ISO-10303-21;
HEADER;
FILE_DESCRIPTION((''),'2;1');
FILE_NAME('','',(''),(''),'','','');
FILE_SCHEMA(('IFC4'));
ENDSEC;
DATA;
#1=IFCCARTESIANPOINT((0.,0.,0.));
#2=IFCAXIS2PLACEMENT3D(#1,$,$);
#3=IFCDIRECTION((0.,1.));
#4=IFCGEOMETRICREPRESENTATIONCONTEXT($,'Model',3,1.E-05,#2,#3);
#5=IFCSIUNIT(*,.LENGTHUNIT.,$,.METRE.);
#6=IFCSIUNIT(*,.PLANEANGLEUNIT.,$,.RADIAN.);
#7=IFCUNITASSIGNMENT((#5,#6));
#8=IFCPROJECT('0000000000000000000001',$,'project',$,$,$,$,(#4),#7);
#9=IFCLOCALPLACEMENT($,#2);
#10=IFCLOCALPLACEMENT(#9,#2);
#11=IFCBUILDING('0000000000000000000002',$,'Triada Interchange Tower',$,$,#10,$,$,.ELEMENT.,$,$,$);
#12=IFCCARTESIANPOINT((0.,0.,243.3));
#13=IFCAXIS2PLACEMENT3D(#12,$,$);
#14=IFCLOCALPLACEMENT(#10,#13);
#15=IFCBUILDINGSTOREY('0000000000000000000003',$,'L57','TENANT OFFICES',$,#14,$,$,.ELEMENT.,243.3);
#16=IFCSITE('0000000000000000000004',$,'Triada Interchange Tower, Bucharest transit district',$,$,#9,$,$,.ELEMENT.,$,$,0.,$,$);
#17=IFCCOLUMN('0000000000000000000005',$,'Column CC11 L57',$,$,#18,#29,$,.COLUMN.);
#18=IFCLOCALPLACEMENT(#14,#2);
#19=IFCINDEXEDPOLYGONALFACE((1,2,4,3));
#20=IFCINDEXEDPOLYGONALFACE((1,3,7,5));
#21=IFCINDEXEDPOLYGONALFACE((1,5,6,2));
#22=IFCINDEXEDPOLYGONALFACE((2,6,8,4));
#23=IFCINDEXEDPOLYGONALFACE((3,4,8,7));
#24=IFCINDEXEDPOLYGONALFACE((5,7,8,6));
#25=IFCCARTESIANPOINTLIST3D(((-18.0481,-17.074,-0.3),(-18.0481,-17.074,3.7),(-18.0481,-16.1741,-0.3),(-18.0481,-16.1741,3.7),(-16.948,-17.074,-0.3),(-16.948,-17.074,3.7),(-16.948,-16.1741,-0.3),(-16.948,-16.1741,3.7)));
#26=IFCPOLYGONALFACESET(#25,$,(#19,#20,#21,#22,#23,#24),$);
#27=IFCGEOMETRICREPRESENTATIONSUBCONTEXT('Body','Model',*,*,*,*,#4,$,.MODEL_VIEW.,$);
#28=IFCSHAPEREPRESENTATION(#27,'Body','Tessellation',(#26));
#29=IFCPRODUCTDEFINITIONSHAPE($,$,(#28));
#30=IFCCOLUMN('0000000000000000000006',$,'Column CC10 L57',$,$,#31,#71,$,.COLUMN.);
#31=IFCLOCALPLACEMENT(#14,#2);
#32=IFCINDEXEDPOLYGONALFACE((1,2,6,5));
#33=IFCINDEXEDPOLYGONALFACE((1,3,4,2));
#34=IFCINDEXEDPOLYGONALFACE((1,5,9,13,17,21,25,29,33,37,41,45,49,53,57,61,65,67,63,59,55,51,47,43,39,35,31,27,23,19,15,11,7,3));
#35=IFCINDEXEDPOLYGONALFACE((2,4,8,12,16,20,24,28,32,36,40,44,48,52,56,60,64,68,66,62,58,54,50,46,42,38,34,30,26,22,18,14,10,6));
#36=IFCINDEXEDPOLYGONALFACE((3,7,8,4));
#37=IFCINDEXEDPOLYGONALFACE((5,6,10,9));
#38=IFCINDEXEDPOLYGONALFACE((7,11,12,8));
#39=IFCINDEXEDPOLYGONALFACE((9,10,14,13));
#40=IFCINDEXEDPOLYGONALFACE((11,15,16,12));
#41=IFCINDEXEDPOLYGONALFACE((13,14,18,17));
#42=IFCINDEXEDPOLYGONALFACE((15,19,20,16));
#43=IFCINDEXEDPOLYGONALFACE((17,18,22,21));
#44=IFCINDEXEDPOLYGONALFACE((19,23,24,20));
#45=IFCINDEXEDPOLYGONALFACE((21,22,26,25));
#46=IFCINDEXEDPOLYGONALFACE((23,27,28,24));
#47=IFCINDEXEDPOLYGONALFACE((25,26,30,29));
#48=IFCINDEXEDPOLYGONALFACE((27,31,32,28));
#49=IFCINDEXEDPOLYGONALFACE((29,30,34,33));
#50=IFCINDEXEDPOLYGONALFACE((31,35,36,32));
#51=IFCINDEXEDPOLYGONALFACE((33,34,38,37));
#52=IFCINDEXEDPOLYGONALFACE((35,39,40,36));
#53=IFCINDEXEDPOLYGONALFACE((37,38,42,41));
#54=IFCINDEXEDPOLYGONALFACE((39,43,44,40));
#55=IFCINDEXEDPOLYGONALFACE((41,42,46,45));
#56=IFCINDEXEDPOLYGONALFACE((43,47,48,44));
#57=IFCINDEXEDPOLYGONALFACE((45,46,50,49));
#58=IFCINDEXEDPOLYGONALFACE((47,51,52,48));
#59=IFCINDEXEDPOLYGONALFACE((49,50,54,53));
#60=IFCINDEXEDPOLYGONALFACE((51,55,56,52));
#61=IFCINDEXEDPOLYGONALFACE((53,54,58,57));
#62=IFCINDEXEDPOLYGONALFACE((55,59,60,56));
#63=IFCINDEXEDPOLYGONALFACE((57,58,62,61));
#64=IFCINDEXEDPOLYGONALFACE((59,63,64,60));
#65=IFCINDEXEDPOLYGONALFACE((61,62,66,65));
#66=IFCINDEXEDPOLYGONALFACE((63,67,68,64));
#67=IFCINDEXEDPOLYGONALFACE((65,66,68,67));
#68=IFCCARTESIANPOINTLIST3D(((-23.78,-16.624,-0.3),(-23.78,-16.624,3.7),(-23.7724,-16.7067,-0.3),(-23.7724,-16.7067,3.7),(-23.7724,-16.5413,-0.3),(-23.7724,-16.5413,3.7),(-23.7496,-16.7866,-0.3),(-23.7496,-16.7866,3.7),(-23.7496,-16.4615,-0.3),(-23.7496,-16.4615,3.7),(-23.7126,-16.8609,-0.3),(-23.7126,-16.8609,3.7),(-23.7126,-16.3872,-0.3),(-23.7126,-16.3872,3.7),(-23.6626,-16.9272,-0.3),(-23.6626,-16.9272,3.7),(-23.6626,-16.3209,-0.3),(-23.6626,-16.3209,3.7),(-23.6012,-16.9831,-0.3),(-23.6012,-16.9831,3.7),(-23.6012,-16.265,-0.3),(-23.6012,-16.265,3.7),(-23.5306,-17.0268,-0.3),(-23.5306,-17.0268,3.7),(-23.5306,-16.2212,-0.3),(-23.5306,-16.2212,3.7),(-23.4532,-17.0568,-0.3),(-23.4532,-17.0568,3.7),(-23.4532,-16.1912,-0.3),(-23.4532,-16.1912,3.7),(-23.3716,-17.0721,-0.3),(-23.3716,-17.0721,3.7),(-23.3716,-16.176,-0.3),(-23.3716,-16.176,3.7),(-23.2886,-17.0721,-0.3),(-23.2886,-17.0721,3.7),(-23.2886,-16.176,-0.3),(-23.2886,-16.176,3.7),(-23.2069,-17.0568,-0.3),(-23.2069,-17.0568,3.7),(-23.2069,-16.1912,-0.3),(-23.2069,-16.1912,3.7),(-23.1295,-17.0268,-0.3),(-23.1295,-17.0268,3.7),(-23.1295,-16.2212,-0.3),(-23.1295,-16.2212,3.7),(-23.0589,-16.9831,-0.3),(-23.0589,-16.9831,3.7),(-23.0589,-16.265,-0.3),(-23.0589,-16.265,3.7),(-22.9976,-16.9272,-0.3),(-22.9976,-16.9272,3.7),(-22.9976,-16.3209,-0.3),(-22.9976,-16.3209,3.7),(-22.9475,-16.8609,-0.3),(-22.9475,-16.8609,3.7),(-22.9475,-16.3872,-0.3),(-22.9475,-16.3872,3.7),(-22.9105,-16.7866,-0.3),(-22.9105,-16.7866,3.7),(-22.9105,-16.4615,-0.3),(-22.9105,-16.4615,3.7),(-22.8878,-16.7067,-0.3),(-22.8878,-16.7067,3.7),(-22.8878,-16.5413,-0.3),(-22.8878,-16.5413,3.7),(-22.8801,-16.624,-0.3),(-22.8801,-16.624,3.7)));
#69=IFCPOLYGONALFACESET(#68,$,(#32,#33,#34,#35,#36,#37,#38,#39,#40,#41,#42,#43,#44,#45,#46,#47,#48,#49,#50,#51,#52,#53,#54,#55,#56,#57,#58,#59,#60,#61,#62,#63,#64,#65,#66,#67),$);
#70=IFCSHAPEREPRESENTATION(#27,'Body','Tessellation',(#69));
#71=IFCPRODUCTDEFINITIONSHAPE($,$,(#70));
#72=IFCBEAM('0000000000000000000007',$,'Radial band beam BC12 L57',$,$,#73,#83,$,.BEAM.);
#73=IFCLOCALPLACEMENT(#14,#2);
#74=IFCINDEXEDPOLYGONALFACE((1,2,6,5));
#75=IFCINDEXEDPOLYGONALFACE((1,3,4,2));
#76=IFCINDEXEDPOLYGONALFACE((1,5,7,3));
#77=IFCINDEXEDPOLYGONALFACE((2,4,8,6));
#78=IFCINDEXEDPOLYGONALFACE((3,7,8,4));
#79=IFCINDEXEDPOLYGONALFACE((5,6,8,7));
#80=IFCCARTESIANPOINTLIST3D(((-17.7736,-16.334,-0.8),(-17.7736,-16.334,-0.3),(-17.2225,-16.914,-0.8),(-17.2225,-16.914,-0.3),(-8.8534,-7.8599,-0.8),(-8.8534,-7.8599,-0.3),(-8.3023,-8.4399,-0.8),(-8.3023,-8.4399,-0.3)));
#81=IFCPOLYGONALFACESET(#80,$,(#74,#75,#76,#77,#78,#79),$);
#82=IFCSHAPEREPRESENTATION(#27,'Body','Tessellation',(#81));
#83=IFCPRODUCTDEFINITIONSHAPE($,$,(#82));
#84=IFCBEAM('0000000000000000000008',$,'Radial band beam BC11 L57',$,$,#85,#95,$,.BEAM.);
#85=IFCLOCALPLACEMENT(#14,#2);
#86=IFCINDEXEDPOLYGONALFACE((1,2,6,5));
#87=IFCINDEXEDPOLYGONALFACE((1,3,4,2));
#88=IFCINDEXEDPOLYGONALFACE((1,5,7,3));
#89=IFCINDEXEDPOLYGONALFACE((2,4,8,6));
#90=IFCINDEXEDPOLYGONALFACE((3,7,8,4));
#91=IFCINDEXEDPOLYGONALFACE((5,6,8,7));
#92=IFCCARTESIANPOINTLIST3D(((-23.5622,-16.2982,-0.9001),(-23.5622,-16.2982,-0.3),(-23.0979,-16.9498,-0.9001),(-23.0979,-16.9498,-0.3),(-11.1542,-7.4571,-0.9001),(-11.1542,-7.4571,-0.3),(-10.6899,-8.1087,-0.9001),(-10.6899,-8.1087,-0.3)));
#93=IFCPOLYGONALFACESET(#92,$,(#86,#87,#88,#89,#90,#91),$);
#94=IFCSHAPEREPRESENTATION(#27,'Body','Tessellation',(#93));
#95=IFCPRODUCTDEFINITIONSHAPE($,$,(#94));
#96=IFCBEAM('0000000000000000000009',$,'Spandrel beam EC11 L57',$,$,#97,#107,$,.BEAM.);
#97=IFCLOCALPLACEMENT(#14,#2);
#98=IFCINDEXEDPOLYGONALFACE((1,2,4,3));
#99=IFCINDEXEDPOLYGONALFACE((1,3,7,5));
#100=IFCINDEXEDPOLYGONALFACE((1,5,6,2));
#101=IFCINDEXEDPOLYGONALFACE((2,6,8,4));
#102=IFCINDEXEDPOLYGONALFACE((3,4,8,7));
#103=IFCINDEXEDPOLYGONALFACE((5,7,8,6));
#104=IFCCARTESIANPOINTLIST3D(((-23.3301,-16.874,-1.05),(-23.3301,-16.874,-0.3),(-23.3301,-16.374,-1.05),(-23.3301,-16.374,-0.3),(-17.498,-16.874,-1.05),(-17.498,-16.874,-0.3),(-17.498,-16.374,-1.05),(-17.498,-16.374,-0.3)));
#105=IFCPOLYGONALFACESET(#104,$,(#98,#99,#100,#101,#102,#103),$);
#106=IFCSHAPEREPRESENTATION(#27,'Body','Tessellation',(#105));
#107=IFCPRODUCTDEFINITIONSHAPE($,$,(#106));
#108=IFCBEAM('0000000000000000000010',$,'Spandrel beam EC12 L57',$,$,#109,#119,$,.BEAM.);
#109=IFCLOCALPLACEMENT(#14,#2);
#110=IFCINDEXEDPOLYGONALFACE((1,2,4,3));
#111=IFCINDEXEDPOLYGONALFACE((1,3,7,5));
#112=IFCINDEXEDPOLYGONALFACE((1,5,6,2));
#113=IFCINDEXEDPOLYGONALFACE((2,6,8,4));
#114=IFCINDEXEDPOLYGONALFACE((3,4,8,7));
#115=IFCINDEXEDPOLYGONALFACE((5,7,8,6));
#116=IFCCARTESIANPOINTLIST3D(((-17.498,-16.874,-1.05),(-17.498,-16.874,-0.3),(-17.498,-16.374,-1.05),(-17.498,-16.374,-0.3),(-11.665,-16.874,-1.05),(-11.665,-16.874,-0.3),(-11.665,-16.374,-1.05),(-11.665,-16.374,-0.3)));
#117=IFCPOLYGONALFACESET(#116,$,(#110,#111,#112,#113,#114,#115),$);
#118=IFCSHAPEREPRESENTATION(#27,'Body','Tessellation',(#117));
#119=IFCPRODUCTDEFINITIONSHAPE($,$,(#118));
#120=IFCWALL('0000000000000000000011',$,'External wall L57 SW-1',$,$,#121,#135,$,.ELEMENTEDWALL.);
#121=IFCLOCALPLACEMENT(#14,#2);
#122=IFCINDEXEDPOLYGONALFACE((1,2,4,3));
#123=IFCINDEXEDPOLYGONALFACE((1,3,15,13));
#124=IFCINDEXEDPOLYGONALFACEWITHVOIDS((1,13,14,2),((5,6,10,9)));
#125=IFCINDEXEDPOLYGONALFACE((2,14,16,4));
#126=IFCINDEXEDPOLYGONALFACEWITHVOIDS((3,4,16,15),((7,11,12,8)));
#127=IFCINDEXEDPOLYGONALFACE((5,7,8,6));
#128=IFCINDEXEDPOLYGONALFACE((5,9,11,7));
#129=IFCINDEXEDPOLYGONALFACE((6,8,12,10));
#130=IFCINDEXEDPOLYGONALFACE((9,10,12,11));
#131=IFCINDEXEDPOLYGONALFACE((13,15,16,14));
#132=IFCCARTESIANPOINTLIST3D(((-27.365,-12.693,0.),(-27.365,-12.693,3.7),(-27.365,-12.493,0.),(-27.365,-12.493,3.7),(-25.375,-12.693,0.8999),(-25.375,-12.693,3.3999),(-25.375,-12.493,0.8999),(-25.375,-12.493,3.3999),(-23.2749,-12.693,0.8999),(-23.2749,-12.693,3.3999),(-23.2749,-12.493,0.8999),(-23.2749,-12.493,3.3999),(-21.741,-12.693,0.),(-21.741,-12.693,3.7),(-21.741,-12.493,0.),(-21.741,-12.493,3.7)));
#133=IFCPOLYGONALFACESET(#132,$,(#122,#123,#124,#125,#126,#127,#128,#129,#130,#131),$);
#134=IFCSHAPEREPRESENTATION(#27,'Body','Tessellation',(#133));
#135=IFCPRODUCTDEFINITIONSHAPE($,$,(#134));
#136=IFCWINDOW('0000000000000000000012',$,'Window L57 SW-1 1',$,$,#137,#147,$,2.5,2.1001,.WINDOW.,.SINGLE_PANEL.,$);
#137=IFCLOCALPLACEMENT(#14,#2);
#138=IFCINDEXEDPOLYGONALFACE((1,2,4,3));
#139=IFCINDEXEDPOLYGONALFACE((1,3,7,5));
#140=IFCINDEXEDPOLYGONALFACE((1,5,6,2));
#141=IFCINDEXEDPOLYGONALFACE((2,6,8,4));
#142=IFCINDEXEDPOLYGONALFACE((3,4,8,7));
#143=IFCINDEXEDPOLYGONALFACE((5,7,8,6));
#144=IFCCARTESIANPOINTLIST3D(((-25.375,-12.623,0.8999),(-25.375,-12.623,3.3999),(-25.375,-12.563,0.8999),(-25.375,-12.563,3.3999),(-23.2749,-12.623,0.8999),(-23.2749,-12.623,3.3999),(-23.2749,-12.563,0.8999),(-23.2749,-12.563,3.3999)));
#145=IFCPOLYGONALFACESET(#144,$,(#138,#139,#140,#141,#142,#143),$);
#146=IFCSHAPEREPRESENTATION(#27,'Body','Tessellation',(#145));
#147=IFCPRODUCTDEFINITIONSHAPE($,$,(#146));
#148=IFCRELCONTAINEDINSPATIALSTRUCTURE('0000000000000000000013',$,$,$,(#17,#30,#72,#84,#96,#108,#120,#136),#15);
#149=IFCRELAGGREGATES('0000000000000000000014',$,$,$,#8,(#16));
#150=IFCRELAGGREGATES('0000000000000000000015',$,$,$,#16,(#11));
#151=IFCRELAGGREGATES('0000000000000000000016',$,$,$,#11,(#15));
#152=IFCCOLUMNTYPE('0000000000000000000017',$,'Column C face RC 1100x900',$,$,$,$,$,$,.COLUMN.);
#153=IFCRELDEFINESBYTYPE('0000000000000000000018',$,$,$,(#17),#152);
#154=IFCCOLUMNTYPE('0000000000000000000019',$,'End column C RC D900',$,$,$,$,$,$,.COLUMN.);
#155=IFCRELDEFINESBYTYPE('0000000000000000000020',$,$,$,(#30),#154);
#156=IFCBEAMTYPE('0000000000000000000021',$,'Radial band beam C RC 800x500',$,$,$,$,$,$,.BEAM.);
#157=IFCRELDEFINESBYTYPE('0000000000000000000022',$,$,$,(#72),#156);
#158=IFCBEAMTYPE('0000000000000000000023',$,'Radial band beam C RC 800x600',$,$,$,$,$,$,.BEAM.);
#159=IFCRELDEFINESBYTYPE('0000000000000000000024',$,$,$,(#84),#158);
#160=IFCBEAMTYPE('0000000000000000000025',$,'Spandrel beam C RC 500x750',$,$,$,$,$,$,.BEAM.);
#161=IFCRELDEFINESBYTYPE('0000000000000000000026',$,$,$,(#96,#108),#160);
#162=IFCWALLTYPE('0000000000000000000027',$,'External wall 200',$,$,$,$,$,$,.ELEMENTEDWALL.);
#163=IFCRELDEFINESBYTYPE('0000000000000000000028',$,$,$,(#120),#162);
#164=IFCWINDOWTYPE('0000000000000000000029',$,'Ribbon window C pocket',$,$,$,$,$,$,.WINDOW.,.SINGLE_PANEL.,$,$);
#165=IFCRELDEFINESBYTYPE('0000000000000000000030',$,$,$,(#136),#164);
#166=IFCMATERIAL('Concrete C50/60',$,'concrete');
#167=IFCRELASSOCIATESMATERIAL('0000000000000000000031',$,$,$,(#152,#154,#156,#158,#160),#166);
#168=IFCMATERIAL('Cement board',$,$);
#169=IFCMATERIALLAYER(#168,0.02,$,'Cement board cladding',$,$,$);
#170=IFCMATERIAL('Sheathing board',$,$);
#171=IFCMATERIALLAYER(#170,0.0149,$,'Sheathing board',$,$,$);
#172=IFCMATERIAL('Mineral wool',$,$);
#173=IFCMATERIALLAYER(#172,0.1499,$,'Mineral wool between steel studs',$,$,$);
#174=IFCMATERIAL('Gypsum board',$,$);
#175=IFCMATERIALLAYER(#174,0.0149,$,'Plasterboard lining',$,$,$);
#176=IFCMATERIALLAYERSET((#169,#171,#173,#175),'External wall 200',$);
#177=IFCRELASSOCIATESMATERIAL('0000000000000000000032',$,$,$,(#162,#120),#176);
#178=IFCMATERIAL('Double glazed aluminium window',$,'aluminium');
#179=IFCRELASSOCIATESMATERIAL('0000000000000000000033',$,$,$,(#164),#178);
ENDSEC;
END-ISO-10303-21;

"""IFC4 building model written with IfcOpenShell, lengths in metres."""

from ifc_helpers import new_model, si_unit, direction, frame, frame_2d, origin, origin_2d, place, context, subcontext, project, spatial, rectangle, circle, extrude, material, layer, layer_set, layer_usage, material_profile, profile_set, type_object, element, fill, save


model = new_model("IFC4")

# Units and contexts
model_context = context("Model", 3, precision=1e-05, world=origin(), true_north=direction((0.0, 1.0)))
body_context = subcontext(model_context, "Body", "Model", "MODEL_VIEW")
ifc_project = project(units=[si_unit("LENGTHUNIT", "METRE"), si_unit("PLANEANGLEUNIT", "RADIAN")], contexts=[model_context])

# Site, building, storey
site_placement = place(None, origin())
site = spatial("IfcSite", under=ifc_project, at=site_placement, Name="Triada Interchange Tower, Bucharest transit district", CompositionType="ELEMENT", RefElevation=0.0)
building_placement = place(site_placement, origin())
building = spatial("IfcBuilding", under=site, at=building_placement, Name="Triada Interchange Tower", CompositionType="ELEMENT")
storey_placement = place(building_placement, frame((0.0, 0.0, 243.3)))
storey = spatial("IfcBuildingStorey", under=building, at=storey_placement, Name="L57", Description="TENANT OFFICES", CompositionType="ELEMENT", Elevation=243.3)

# Columns
ifc_material_1 = material(Name="Concrete C50/60", Category="concrete")
ifc_material_profile_1 = material_profile(ifc_material_1, rectangle(XDim=1.1001, YDim=0.8999, at=origin_2d()), Name="RC 1100x900")
ifc_profile_set_1 = profile_set([ifc_material_profile_1], Name="Concrete C50/60")
column_type_1 = type_object("IfcColumnType", Name="Column C face RC 1100x900", PredefinedType="COLUMN", material=ifc_profile_set_1)
column_1_placement = place(storey_placement, frame((-17.498, -16.624, -0.3), z_axis=(0.0, 0.0, 1.0), x_axis=(1.0, 0.0, 0.0)))
element("IfcColumn", 1, at=column_1_placement, inside=storey, type_object=column_type_1, Name="Column CC11 L57", PredefinedType="COLUMN", context=body_context, shape_type="SweptSolid", body=[
    extrude(rectangle(XDim=1.1001, YDim=0.8999, at=origin_2d()), origin(), (0.0, 0.0, 1.0), 4.0),
])
ifc_material_profile_2 = material_profile(ifc_material_1, circle(Radius=0.45, at=origin_2d()), Name="RC D900")
ifc_profile_set_2 = profile_set([ifc_material_profile_2], Name="Concrete C50/60")
column_type_2 = type_object("IfcColumnType", Name="End column C RC D900", PredefinedType="COLUMN", material=ifc_profile_set_2)
column_2_placement = place(storey_placement, frame((-23.3301, -16.624, -0.3), z_axis=(0.0, 0.0, 1.0), x_axis=(1.0, 0.0, 0.0)))
element("IfcColumn", 2, at=column_2_placement, inside=storey, type_object=column_type_2, Name="Column CC10 L57", PredefinedType="COLUMN", context=body_context, shape_type="SweptSolid", body=[
    extrude(circle(Radius=0.45, at=origin_2d()), origin(), (0.0, 0.0, 1.0), 4.0),
])

# Beams
ifc_material_profile_3 = material_profile(ifc_material_1, rectangle(XDim=0.8, YDim=0.5, at=origin_2d()), Name="RC 800x500")
ifc_profile_set_3 = profile_set([ifc_material_profile_3], Name="Concrete C50/60")
beam_type_1 = type_object("IfcBeamType", Name="Radial band beam C RC 800x500", PredefinedType="BEAM", material=ifc_profile_set_3)
beam_1_placement = place(storey_placement, frame((-17.498, -16.624, -0.55), z_axis=(0.725001, 0.688748, 0.0), x_axis=(-0.688748, 0.725001, 0.0)))
element("IfcBeam", 3, at=beam_1_placement, inside=storey, type_object=beam_type_1, Name="Radial band beam BC12 L57", PredefinedType="BEAM", context=body_context, shape_type="SweptSolid", body=[
    extrude(rectangle(XDim=0.8, YDim=0.5, at=origin_2d()), origin(), (0.0, 0.0, 1.0), 12.3037),
])
ifc_material_profile_4 = material_profile(ifc_material_1, rectangle(XDim=0.8, YDim=0.6001, at=origin_2d()), Name="RC 800x600")
ifc_profile_set_4 = profile_set([ifc_material_profile_4], Name="Concrete C50/60")
beam_type_2 = type_object("IfcBeamType", Name="Radial band beam C RC 800x600", PredefinedType="BEAM", material=ifc_profile_set_4)
beam_2_placement = place(storey_placement, frame((-23.3301, -16.624, -0.6001), z_axis=(0.814409, 0.580292, 0.0), x_axis=(-0.580292, 0.814409, 0.0)))
element("IfcBeam", 4, at=beam_2_placement, inside=storey, type_object=beam_type_2, Name="Radial band beam BC11 L57", PredefinedType="BEAM", context=body_context, shape_type="SweptSolid", body=[
    extrude(rectangle(XDim=0.8, YDim=0.6001, at=origin_2d()), origin(), (0.0, 0.0, 1.0), 15.2356),
])
ifc_material_profile_5 = material_profile(ifc_material_1, rectangle(XDim=0.5, YDim=0.75, at=origin_2d()), Name="RC 500x750")
ifc_profile_set_5 = profile_set([ifc_material_profile_5], Name="Concrete C50/60")
beam_type_3 = type_object("IfcBeamType", Name="Spandrel beam C RC 500x750", PredefinedType="BEAM", material=ifc_profile_set_5)
beam_3_placement = place(storey_placement, frame((-23.3301, -16.624, -0.675), z_axis=(1.0, 0.0, 0.0), x_axis=(0.0, 1.0, 0.0)))
element("IfcBeam", 5, at=beam_3_placement, inside=storey, type_object=beam_type_3, Name="Spandrel beam EC11 L57", PredefinedType="BEAM", context=body_context, shape_type="SweptSolid", body=[
    extrude(rectangle(XDim=0.5, YDim=0.75, at=origin_2d()), origin(), (0.0, 0.0, 1.0), 5.832),
])
beam_4_placement = place(storey_placement, frame((-17.498, -16.624, -0.675), z_axis=(1.0, 0.0, 0.0), x_axis=(0.0, 1.0, 0.0)))
element("IfcBeam", 6, at=beam_4_placement, inside=storey, type_object=beam_type_3, Name="Spandrel beam EC12 L57", PredefinedType="BEAM", context=body_context, shape_type="SweptSolid", body=[
    extrude(rectangle(XDim=0.5, YDim=0.75, at=origin_2d()), origin(), (0.0, 0.0, 1.0), 5.833),
])

# Wall, opening, window
ifc_material_2 = material(Name="Cement board")
ifc_layer_1 = layer(ifc_material_2, 0.02, Name="Cement board cladding")
ifc_material_3 = material(Name="Sheathing board")
ifc_layer_2 = layer(ifc_material_3, 0.0149, Name="Sheathing board")
ifc_material_4 = material(Name="Mineral wool")
ifc_layer_3 = layer(ifc_material_4, 0.1499, Name="Mineral wool between steel studs")
ifc_material_5 = material(Name="Gypsum board")
ifc_layer_4 = layer(ifc_material_5, 0.0149, Name="Plasterboard lining")
ifc_layer_set_1 = layer_set([ifc_layer_1, ifc_layer_2, ifc_layer_3, ifc_layer_4], Name="External wall 200")
ifc_layer_usage = layer_usage(ifc_layer_set_1, "AXIS2", "POSITIVE", -0.1001)
wall_type_1 = type_object("IfcWallType", Name="External wall 200", PredefinedType="ELEMENTEDWALL", material=ifc_layer_set_1)
wall_1_placement = place(storey_placement, frame((-27.365, -12.593, 0.0), z_axis=(0.0, 0.0, 1.0), x_axis=(1.0, 0.0, 0.0)))
wall_1 = element("IfcWall", 7, at=wall_1_placement, inside=storey, type_object=wall_type_1, material=ifc_layer_usage, Name="External wall L57 SW-1", PredefinedType="ELEMENTEDWALL", context=body_context, shape_type="SweptSolid", body=[
    extrude(rectangle(XDim=5.624, YDim=0.2, at=frame_2d((2.812, 0.0))), origin(), (0.0, 0.0, 1.0), 3.7),
])
opening_1_placement = place(wall_1_placement, frame((1.99, 0.0, 0.8999)))
opening_1 = element("IfcOpeningElement", 8, at=opening_1_placement, cuts=wall_1, PredefinedType="OPENING", context=body_context, shape_type="SweptSolid", body=[
    extrude(rectangle(XDim=2.1001, YDim=2.5, at=frame_2d((1.05, 1.25))), frame((0.0, 0.1099, 0.0), z_axis=(0.0, -1.0, 0.0), x_axis=(1.0, 0.0, 0.0)), (0.0, 0.0, 1.0), 0.22),
])
ifc_material_6 = material(Name="Double glazed aluminium window", Category="aluminium")
window_type_1 = type_object("IfcWindowType", Name="Ribbon window C pocket", PartitioningType="SINGLE_PANEL", PredefinedType="WINDOW", material=ifc_material_6)
window_1_placement = place(opening_1_placement, origin())
window_1 = element("IfcWindow", 9, at=window_1_placement, inside=storey, type_object=window_type_1, Name="Window L57 SW-1 1", OverallHeight=2.5, OverallWidth=2.1001, PartitioningType="SINGLE_PANEL", PredefinedType="WINDOW", context=body_context, shape_type="SweptSolid", body=[
    extrude(rectangle(XDim=2.1001, YDim=2.5, at=frame_2d((1.05, 1.25))), frame((0.0, 0.03, 0.0), z_axis=(0.0, -1.0, 0.0), x_axis=(1.0, 0.0, 0.0)), (0.0, 0.0, 1.0), 0.0601),
])
fill(opening_1, window_1)

save(model, "model.ifc")
